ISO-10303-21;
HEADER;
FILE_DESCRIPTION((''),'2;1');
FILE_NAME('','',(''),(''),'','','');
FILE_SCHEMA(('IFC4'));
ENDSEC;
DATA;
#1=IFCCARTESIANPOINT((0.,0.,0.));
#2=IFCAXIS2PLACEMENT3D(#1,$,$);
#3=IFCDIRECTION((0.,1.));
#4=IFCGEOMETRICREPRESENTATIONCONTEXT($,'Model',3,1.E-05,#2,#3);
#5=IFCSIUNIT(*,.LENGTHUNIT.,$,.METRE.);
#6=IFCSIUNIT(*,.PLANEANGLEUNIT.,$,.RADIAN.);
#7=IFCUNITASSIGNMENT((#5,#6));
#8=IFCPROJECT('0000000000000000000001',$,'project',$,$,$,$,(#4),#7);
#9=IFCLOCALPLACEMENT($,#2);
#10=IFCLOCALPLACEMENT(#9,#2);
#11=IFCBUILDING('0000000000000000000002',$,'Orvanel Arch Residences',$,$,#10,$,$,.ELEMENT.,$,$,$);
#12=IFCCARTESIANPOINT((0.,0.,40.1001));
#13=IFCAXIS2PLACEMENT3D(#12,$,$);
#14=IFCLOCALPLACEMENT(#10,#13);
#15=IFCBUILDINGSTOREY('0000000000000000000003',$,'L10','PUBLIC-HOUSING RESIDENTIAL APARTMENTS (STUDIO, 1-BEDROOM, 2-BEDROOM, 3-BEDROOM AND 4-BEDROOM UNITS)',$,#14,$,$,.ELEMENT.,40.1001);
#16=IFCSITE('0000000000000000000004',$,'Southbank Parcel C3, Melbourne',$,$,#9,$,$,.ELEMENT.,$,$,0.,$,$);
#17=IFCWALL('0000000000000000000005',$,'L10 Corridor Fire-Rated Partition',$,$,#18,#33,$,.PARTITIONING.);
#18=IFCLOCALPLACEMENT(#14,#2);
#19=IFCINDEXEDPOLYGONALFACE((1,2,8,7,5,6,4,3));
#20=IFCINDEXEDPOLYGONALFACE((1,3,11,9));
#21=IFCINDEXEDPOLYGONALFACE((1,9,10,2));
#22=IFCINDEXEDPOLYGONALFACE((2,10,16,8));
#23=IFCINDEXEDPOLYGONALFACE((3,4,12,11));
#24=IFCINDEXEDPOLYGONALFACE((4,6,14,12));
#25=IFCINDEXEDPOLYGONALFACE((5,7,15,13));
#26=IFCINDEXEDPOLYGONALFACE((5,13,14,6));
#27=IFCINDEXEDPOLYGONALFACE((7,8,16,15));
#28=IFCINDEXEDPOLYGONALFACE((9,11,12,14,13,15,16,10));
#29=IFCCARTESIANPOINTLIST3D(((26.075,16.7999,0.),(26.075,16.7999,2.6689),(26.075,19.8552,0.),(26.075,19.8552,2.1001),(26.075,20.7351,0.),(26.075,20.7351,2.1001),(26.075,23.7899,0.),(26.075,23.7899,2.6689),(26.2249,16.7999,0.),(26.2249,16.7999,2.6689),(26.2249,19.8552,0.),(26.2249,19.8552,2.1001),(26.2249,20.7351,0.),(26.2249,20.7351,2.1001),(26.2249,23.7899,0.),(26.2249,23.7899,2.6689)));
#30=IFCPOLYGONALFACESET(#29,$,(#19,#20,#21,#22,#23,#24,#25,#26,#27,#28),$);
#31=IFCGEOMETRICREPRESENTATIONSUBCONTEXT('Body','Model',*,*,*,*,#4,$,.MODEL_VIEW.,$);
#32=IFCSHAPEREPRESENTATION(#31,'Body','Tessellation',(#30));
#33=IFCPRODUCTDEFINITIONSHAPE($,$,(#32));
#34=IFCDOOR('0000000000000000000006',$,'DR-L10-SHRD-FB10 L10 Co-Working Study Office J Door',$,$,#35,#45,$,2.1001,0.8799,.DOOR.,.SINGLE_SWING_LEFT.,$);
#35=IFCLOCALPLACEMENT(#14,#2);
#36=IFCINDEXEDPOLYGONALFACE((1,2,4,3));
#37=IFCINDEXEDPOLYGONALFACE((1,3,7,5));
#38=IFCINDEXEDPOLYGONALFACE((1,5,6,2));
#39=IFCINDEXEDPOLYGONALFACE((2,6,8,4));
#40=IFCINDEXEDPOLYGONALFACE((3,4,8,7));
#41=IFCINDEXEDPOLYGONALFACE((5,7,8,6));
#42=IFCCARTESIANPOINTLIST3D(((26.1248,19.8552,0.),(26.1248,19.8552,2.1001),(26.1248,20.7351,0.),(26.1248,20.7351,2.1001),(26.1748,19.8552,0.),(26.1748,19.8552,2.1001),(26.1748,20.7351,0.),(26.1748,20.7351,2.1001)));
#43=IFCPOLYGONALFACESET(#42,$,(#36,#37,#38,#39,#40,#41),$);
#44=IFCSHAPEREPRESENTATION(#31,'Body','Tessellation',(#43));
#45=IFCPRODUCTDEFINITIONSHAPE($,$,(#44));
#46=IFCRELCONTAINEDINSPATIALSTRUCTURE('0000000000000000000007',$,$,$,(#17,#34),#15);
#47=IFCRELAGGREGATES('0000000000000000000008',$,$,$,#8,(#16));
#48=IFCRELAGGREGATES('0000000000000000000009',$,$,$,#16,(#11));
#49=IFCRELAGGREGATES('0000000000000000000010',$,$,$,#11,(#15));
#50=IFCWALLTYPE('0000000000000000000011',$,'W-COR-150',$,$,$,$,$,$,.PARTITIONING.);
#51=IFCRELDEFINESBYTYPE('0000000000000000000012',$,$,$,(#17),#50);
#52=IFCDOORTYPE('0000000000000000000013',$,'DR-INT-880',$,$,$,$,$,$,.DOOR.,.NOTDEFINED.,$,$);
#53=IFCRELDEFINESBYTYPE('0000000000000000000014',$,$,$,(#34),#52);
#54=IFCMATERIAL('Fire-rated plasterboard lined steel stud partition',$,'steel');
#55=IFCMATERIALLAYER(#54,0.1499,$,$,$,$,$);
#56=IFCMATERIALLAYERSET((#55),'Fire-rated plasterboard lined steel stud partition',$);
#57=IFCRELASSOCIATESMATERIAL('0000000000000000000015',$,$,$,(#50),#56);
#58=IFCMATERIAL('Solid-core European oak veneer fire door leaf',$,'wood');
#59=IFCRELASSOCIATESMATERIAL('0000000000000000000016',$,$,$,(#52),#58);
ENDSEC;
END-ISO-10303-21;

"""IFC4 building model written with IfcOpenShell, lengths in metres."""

from ifc_helpers import new_model, si_unit, direction, frame, frame_2d, origin, place, context, subcontext, project, spatial, rectangle, extrude, material, layer, layer_set, type_object, element, fill, save


model = new_model("IFC4")

# Units and contexts
model_context = context("Model", 3, precision=1e-05, world=origin(), true_north=direction((0.0, 1.0)))
body_context = subcontext(model_context, "Body", "Model", "MODEL_VIEW")
ifc_project = project(units=[si_unit("LENGTHUNIT", "METRE"), si_unit("PLANEANGLEUNIT", "RADIAN")], contexts=[model_context])

# Site, building, storey
site_placement = place(None, origin())
site = spatial("IfcSite", under=ifc_project, at=site_placement, Name="Southbank Parcel C3, Melbourne", CompositionType="ELEMENT", RefElevation=0.0)
building_placement = place(site_placement, origin())
building = spatial("IfcBuilding", under=site, at=building_placement, Name="Orvanel Arch Residences", CompositionType="ELEMENT")
storey_placement = place(building_placement, frame((0.0, 0.0, 40.1001)))
storey = spatial("IfcBuildingStorey", under=building, at=storey_placement, Name="L10", Description="PUBLIC-HOUSING RESIDENTIAL APARTMENTS (STUDIO, 1-BEDROOM, 2-BEDROOM, 3-BEDROOM AND 4-BEDROOM UNITS)", CompositionType="ELEMENT", Elevation=40.1001)

# Wall, opening, door
ifc_material_1 = material(Name="Fire-rated plasterboard lined steel stud partition", Category="steel")
ifc_layer_1 = layer(ifc_material_1, 0.1499)
ifc_layer_set_1 = layer_set([ifc_layer_1], Name="Fire-rated plasterboard lined steel stud partition")
wall_type_1 = type_object("IfcWallType", Name="W-COR-150", PredefinedType="PARTITIONING", material=ifc_layer_set_1)
wall_1_placement = place(storey_placement, frame((26.1499, 23.79, 0.0), z_axis=(0.0, 0.0, 1.0), x_axis=(0.0, -1.0, 0.0)))
wall_1 = element("IfcWall", 1, at=wall_1_placement, inside=storey, type_object=wall_type_1, Name="L10 Corridor Fire-Rated Partition", PredefinedType="PARTITIONING", context=body_context, shape_type="SweptSolid", body=[
    extrude(rectangle(XDim=6.99, YDim=0.1499, at=frame_2d((3.4951, 0.0))), origin(), (0.0, 0.0, 1.0), 2.6689),
])
opening_1_placement = place(wall_1_placement, frame((3.0549, 0.0, 0.0)))
opening_1 = element("IfcOpeningElement", 2, at=opening_1_placement, cuts=wall_1, PredefinedType="OPENING", context=body_context, shape_type="SweptSolid", body=[
    extrude(rectangle(XDim=0.8799, YDim=2.1001, at=frame_2d((0.4399, 1.05))), frame((0.0, 0.085, 0.0), z_axis=(0.0, -1.0, 0.0), x_axis=(1.0, 0.0, 0.0)), (0.0, 0.0, 1.0), 0.1699),
])
ifc_material_2 = material(Name="Solid-core European oak veneer fire door leaf", Category="wood")
door_type_1 = type_object("IfcDoorType", Name="DR-INT-880", OperationType="NOTDEFINED", PredefinedType="DOOR", material=ifc_material_2)
door_1_placement = place(opening_1_placement, origin())
door_1 = element("IfcDoor", 3, at=door_1_placement, inside=storey, type_object=door_type_1, Name="DR-L10-SHRD-FB10 L10 Co-Working Study Office J Door", OperationType="SINGLE_SWING_LEFT", OverallHeight=2.1001, OverallWidth=0.8799, PredefinedType="DOOR", context=body_context, shape_type="SweptSolid", body=[
    extrude(rectangle(XDim=0.8799, YDim=2.1001, at=frame_2d((0.4399, 1.05))), frame((0.0, 0.0249, 0.0), z_axis=(0.0, -1.0, 0.0), x_axis=(1.0, 0.0, 0.0)), (0.0, 0.0, 1.0), 0.05),
])
fill(opening_1, door_1)

save(model, "model.ifc")
